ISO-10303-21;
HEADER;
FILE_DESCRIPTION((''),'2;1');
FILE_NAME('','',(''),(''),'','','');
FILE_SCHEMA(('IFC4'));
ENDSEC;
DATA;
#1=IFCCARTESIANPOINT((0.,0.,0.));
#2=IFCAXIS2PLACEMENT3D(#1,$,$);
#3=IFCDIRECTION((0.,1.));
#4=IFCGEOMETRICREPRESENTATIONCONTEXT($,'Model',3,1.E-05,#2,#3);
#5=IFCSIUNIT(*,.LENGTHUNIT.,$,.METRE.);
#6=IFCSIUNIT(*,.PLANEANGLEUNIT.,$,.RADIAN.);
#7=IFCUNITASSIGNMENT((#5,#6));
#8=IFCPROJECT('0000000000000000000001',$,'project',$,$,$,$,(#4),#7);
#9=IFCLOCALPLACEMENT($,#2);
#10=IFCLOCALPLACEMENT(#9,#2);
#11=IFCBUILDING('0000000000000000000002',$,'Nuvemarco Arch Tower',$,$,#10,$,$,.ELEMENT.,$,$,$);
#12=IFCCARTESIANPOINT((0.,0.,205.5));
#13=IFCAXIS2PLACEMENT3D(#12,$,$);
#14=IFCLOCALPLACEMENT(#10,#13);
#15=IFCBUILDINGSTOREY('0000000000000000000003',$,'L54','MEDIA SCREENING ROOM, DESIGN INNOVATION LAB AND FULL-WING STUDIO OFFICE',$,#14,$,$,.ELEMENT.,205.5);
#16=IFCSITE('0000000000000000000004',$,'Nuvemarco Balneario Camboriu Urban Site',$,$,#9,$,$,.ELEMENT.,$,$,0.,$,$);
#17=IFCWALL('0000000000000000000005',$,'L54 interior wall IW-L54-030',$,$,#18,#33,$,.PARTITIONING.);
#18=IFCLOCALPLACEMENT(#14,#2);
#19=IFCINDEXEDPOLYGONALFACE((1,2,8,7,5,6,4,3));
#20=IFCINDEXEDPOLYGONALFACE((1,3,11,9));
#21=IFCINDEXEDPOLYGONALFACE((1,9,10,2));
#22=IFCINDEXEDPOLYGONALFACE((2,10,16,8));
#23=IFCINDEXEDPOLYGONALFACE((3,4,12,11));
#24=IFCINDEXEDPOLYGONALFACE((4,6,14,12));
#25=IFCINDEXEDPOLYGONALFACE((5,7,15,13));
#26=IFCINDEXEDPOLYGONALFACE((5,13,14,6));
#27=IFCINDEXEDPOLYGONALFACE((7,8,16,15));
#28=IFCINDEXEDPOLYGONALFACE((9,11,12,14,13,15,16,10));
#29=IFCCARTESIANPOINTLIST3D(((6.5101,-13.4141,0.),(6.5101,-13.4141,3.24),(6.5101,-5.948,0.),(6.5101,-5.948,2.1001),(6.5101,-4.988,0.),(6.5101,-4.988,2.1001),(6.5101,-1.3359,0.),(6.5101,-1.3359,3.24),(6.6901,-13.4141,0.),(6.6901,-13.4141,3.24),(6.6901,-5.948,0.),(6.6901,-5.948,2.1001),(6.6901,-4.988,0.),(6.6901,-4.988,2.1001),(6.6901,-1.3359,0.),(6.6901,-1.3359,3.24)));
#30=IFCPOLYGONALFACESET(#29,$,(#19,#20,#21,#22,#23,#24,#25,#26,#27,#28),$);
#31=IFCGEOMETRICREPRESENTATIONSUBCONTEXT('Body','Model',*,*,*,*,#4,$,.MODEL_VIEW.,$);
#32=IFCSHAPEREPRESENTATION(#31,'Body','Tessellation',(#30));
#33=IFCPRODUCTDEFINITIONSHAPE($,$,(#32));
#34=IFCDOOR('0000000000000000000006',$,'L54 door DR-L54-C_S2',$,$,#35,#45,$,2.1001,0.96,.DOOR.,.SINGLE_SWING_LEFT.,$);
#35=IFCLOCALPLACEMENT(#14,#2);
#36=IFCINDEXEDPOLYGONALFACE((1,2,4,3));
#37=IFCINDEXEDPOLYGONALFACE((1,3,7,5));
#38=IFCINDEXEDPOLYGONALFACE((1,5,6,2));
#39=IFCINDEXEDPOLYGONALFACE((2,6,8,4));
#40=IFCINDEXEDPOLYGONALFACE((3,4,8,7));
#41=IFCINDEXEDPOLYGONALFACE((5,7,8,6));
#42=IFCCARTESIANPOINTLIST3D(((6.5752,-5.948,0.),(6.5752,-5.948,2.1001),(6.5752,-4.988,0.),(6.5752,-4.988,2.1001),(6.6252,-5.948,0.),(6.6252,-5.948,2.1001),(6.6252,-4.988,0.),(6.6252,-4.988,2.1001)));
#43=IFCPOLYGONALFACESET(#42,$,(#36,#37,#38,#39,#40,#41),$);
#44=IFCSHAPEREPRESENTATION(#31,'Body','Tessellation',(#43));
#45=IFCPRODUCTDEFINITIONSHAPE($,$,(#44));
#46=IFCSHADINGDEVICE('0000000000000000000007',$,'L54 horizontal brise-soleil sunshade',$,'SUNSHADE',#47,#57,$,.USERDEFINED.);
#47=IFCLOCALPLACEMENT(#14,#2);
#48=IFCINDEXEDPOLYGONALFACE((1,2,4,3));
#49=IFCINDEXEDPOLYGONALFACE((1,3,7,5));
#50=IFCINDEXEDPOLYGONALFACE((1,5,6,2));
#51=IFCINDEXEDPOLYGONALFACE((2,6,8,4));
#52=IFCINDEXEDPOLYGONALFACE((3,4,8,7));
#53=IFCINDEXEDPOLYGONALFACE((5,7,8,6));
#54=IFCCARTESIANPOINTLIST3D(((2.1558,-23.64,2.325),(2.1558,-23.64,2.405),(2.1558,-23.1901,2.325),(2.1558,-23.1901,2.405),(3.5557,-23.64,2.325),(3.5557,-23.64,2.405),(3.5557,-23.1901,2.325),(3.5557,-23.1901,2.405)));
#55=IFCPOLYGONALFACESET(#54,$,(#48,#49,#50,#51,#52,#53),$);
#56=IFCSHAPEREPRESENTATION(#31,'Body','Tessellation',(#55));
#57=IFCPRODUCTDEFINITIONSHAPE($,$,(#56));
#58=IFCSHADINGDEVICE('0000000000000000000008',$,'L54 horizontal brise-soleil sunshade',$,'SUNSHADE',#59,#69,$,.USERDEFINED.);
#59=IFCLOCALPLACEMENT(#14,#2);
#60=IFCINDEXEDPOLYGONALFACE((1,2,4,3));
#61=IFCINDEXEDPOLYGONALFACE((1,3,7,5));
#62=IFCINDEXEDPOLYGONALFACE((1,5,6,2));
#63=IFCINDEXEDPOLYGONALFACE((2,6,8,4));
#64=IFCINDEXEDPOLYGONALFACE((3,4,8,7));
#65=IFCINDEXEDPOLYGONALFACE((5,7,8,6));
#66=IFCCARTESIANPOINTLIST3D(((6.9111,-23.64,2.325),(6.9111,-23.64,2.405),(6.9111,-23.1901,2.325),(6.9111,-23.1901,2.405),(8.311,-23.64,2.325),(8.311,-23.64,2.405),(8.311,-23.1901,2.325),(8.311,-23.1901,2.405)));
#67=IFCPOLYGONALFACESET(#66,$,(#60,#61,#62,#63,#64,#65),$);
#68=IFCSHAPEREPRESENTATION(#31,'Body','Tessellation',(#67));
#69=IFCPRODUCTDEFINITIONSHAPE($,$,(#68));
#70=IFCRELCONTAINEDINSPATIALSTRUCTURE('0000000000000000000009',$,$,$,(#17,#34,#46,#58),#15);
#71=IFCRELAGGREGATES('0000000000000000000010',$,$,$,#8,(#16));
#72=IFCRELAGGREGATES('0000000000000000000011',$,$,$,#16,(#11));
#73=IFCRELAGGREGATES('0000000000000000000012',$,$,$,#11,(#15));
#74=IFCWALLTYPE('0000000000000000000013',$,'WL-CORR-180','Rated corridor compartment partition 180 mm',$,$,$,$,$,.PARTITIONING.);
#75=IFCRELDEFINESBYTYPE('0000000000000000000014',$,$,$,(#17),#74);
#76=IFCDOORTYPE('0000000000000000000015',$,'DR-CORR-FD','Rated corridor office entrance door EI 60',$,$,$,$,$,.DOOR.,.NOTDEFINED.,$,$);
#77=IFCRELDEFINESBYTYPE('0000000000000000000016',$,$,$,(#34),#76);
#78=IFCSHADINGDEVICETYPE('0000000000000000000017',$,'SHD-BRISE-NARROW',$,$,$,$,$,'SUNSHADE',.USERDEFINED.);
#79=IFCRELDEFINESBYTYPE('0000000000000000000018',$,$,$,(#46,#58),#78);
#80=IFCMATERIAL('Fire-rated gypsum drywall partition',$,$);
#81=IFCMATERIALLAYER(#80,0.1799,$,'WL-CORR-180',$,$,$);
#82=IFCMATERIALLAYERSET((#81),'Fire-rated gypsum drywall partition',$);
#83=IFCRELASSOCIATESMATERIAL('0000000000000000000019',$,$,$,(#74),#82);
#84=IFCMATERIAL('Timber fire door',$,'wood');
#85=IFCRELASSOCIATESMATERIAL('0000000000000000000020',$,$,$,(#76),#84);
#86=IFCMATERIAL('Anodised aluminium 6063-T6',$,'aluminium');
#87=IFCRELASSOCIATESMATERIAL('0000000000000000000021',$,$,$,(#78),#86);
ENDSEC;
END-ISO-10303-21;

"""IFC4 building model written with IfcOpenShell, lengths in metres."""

from ifc_helpers import new_model, si_unit, direction, frame, frame_2d, origin, origin_2d, place, context, subcontext, project, spatial, rectangle, extrude, source, transform, mapped, material, layer, layer_set, type_object, type_shapes, element, fill, save


model = new_model("IFC4")

# Units and contexts
model_context = context("Model", 3, precision=1e-05, world=origin(), true_north=direction((0.0, 1.0)))
body_context = subcontext(model_context, "Body", "Model", "MODEL_VIEW")
ifc_project = project(units=[si_unit("LENGTHUNIT", "METRE"), si_unit("PLANEANGLEUNIT", "RADIAN")], contexts=[model_context])

# Site, building, storey
site_placement = place(None, origin())
site = spatial("IfcSite", under=ifc_project, at=site_placement, Name="Nuvemarco Balneario Camboriu Urban Site", CompositionType="ELEMENT", RefElevation=0.0)
building_placement = place(site_placement, origin())
building = spatial("IfcBuilding", under=site, at=building_placement, Name="Nuvemarco Arch Tower", CompositionType="ELEMENT")
storey_placement = place(building_placement, frame((0.0, 0.0, 205.5)))
storey = spatial("IfcBuildingStorey", under=building, at=storey_placement, Name="L54", Description="MEDIA SCREENING ROOM, DESIGN INNOVATION LAB AND FULL-WING STUDIO OFFICE", CompositionType="ELEMENT", Elevation=205.5)

# Wall, opening, door
ifc_material_1 = material(Name="Fire-rated gypsum drywall partition")
ifc_layer_1 = layer(ifc_material_1, 0.1799, Name="WL-CORR-180")
ifc_layer_set_1 = layer_set([ifc_layer_1], Name="Fire-rated gypsum drywall partition")
wall_type = type_object("IfcWallType", Name="WL-CORR-180", Description="Rated corridor compartment partition 180 mm", PredefinedType="PARTITIONING", material=ifc_layer_set_1)
wall_placement = place(storey_placement, frame((6.6001, -13.4141, 0.0), z_axis=(0.0, 0.0, 1.0), x_axis=(0.0, 1.0, 0.0)))
wall = element("IfcWall", 1, at=wall_placement, inside=storey, type_object=wall_type, Name="L54 interior wall IW-L54-030", PredefinedType="PARTITIONING", context=body_context, shape_type="SweptSolid", body=[
    extrude(rectangle(XDim=12.0781, YDim=0.1799, at=frame_2d((6.0391, 0.0))), origin(), (0.0, 0.0, 1.0), 3.24),
])
opening_placement = place(wall_placement, frame((7.4661, 0.0, 0.0)))
opening = element("IfcOpeningElement", 2, at=opening_placement, cuts=wall, PredefinedType="OPENING", context=body_context, shape_type="SweptSolid", body=[
    extrude(rectangle(XDim=0.96, YDim=2.1001, at=frame_2d((0.48, 1.05))), frame((0.0, 0.0999, 0.0), z_axis=(0.0, -1.0, 0.0), x_axis=(1.0, 0.0, 0.0)), (0.0, 0.0, 1.0), 0.2),
])
ifc_material_2 = material(Name="Timber fire door", Category="wood")
door_type = type_object("IfcDoorType", Name="DR-CORR-FD", Description="Rated corridor office entrance door EI 60", OperationType="NOTDEFINED", PredefinedType="DOOR", material=ifc_material_2)
shared_shape_1 = source(origin(), body_context, "Body", "SweptSolid", [
    extrude(rectangle(XDim=0.96, YDim=2.1001, at=frame_2d((0.48, 1.05))), frame((0.0, 0.0249, 0.0), z_axis=(0.0, -1.0, 0.0), x_axis=(1.0, 0.0, 0.0)), (0.0, 0.0, 1.0), 0.05),
])
type_shapes(door_type, [shared_shape_1])
door_placement = place(opening_placement, origin())
door = element("IfcDoor", 3, at=door_placement, inside=storey, type_object=door_type, Name="L54 door DR-L54-C_S2", OperationType="SINGLE_SWING_LEFT", OverallHeight=2.1001, OverallWidth=0.96, PredefinedType="DOOR", context=body_context, shape_type="MappedRepresentation", body=[
    mapped(shared_shape_1, transform((0.0, 0.0, 0.0), scale=1.0)),
])
fill(opening, door)

# Shading devices
ifc_material_3 = material(Name="Anodised aluminium 6063-T6", Category="aluminium")
shading_device_type = type_object("IfcShadingDeviceType", Name="SHD-BRISE-NARROW", ElementType="SUNSHADE", PredefinedType="USERDEFINED", material=ifc_material_3)
shared_shape_2 = source(origin(), body_context, "Body", "SweptSolid", [
    extrude(rectangle(XDim=1.3999, YDim=0.45, at=origin_2d()), origin(), (0.0, 0.0, 1.0), 0.0801),
])
type_shapes(shading_device_type, [shared_shape_2])
for number, where, z_axis, x_axis, name in (
    (4, (2.8557, -23.415, 2.325), (0.0, 0.0, 1.0), (1.0, 0.0, 0.0), "L54 horizontal brise-soleil sunshade"),
    (5, (7.6111, -23.415, 2.325), (0.0, 0.0, 1.0), (1.0, 0.0, 0.0), "L54 horizontal brise-soleil sunshade"),
):
    element("IfcShadingDevice", number, at=place(storey_placement, frame(where, z_axis=z_axis, x_axis=x_axis)), inside=storey, type_object=shading_device_type, Name=name, ObjectType="SUNSHADE", PredefinedType="USERDEFINED", context=body_context, shape_type="MappedRepresentation", body=[
        mapped(shared_shape_2, transform((0.0, 0.0, 0.0), scale=1.0)),
    ])

save(model, "model.ifc")
